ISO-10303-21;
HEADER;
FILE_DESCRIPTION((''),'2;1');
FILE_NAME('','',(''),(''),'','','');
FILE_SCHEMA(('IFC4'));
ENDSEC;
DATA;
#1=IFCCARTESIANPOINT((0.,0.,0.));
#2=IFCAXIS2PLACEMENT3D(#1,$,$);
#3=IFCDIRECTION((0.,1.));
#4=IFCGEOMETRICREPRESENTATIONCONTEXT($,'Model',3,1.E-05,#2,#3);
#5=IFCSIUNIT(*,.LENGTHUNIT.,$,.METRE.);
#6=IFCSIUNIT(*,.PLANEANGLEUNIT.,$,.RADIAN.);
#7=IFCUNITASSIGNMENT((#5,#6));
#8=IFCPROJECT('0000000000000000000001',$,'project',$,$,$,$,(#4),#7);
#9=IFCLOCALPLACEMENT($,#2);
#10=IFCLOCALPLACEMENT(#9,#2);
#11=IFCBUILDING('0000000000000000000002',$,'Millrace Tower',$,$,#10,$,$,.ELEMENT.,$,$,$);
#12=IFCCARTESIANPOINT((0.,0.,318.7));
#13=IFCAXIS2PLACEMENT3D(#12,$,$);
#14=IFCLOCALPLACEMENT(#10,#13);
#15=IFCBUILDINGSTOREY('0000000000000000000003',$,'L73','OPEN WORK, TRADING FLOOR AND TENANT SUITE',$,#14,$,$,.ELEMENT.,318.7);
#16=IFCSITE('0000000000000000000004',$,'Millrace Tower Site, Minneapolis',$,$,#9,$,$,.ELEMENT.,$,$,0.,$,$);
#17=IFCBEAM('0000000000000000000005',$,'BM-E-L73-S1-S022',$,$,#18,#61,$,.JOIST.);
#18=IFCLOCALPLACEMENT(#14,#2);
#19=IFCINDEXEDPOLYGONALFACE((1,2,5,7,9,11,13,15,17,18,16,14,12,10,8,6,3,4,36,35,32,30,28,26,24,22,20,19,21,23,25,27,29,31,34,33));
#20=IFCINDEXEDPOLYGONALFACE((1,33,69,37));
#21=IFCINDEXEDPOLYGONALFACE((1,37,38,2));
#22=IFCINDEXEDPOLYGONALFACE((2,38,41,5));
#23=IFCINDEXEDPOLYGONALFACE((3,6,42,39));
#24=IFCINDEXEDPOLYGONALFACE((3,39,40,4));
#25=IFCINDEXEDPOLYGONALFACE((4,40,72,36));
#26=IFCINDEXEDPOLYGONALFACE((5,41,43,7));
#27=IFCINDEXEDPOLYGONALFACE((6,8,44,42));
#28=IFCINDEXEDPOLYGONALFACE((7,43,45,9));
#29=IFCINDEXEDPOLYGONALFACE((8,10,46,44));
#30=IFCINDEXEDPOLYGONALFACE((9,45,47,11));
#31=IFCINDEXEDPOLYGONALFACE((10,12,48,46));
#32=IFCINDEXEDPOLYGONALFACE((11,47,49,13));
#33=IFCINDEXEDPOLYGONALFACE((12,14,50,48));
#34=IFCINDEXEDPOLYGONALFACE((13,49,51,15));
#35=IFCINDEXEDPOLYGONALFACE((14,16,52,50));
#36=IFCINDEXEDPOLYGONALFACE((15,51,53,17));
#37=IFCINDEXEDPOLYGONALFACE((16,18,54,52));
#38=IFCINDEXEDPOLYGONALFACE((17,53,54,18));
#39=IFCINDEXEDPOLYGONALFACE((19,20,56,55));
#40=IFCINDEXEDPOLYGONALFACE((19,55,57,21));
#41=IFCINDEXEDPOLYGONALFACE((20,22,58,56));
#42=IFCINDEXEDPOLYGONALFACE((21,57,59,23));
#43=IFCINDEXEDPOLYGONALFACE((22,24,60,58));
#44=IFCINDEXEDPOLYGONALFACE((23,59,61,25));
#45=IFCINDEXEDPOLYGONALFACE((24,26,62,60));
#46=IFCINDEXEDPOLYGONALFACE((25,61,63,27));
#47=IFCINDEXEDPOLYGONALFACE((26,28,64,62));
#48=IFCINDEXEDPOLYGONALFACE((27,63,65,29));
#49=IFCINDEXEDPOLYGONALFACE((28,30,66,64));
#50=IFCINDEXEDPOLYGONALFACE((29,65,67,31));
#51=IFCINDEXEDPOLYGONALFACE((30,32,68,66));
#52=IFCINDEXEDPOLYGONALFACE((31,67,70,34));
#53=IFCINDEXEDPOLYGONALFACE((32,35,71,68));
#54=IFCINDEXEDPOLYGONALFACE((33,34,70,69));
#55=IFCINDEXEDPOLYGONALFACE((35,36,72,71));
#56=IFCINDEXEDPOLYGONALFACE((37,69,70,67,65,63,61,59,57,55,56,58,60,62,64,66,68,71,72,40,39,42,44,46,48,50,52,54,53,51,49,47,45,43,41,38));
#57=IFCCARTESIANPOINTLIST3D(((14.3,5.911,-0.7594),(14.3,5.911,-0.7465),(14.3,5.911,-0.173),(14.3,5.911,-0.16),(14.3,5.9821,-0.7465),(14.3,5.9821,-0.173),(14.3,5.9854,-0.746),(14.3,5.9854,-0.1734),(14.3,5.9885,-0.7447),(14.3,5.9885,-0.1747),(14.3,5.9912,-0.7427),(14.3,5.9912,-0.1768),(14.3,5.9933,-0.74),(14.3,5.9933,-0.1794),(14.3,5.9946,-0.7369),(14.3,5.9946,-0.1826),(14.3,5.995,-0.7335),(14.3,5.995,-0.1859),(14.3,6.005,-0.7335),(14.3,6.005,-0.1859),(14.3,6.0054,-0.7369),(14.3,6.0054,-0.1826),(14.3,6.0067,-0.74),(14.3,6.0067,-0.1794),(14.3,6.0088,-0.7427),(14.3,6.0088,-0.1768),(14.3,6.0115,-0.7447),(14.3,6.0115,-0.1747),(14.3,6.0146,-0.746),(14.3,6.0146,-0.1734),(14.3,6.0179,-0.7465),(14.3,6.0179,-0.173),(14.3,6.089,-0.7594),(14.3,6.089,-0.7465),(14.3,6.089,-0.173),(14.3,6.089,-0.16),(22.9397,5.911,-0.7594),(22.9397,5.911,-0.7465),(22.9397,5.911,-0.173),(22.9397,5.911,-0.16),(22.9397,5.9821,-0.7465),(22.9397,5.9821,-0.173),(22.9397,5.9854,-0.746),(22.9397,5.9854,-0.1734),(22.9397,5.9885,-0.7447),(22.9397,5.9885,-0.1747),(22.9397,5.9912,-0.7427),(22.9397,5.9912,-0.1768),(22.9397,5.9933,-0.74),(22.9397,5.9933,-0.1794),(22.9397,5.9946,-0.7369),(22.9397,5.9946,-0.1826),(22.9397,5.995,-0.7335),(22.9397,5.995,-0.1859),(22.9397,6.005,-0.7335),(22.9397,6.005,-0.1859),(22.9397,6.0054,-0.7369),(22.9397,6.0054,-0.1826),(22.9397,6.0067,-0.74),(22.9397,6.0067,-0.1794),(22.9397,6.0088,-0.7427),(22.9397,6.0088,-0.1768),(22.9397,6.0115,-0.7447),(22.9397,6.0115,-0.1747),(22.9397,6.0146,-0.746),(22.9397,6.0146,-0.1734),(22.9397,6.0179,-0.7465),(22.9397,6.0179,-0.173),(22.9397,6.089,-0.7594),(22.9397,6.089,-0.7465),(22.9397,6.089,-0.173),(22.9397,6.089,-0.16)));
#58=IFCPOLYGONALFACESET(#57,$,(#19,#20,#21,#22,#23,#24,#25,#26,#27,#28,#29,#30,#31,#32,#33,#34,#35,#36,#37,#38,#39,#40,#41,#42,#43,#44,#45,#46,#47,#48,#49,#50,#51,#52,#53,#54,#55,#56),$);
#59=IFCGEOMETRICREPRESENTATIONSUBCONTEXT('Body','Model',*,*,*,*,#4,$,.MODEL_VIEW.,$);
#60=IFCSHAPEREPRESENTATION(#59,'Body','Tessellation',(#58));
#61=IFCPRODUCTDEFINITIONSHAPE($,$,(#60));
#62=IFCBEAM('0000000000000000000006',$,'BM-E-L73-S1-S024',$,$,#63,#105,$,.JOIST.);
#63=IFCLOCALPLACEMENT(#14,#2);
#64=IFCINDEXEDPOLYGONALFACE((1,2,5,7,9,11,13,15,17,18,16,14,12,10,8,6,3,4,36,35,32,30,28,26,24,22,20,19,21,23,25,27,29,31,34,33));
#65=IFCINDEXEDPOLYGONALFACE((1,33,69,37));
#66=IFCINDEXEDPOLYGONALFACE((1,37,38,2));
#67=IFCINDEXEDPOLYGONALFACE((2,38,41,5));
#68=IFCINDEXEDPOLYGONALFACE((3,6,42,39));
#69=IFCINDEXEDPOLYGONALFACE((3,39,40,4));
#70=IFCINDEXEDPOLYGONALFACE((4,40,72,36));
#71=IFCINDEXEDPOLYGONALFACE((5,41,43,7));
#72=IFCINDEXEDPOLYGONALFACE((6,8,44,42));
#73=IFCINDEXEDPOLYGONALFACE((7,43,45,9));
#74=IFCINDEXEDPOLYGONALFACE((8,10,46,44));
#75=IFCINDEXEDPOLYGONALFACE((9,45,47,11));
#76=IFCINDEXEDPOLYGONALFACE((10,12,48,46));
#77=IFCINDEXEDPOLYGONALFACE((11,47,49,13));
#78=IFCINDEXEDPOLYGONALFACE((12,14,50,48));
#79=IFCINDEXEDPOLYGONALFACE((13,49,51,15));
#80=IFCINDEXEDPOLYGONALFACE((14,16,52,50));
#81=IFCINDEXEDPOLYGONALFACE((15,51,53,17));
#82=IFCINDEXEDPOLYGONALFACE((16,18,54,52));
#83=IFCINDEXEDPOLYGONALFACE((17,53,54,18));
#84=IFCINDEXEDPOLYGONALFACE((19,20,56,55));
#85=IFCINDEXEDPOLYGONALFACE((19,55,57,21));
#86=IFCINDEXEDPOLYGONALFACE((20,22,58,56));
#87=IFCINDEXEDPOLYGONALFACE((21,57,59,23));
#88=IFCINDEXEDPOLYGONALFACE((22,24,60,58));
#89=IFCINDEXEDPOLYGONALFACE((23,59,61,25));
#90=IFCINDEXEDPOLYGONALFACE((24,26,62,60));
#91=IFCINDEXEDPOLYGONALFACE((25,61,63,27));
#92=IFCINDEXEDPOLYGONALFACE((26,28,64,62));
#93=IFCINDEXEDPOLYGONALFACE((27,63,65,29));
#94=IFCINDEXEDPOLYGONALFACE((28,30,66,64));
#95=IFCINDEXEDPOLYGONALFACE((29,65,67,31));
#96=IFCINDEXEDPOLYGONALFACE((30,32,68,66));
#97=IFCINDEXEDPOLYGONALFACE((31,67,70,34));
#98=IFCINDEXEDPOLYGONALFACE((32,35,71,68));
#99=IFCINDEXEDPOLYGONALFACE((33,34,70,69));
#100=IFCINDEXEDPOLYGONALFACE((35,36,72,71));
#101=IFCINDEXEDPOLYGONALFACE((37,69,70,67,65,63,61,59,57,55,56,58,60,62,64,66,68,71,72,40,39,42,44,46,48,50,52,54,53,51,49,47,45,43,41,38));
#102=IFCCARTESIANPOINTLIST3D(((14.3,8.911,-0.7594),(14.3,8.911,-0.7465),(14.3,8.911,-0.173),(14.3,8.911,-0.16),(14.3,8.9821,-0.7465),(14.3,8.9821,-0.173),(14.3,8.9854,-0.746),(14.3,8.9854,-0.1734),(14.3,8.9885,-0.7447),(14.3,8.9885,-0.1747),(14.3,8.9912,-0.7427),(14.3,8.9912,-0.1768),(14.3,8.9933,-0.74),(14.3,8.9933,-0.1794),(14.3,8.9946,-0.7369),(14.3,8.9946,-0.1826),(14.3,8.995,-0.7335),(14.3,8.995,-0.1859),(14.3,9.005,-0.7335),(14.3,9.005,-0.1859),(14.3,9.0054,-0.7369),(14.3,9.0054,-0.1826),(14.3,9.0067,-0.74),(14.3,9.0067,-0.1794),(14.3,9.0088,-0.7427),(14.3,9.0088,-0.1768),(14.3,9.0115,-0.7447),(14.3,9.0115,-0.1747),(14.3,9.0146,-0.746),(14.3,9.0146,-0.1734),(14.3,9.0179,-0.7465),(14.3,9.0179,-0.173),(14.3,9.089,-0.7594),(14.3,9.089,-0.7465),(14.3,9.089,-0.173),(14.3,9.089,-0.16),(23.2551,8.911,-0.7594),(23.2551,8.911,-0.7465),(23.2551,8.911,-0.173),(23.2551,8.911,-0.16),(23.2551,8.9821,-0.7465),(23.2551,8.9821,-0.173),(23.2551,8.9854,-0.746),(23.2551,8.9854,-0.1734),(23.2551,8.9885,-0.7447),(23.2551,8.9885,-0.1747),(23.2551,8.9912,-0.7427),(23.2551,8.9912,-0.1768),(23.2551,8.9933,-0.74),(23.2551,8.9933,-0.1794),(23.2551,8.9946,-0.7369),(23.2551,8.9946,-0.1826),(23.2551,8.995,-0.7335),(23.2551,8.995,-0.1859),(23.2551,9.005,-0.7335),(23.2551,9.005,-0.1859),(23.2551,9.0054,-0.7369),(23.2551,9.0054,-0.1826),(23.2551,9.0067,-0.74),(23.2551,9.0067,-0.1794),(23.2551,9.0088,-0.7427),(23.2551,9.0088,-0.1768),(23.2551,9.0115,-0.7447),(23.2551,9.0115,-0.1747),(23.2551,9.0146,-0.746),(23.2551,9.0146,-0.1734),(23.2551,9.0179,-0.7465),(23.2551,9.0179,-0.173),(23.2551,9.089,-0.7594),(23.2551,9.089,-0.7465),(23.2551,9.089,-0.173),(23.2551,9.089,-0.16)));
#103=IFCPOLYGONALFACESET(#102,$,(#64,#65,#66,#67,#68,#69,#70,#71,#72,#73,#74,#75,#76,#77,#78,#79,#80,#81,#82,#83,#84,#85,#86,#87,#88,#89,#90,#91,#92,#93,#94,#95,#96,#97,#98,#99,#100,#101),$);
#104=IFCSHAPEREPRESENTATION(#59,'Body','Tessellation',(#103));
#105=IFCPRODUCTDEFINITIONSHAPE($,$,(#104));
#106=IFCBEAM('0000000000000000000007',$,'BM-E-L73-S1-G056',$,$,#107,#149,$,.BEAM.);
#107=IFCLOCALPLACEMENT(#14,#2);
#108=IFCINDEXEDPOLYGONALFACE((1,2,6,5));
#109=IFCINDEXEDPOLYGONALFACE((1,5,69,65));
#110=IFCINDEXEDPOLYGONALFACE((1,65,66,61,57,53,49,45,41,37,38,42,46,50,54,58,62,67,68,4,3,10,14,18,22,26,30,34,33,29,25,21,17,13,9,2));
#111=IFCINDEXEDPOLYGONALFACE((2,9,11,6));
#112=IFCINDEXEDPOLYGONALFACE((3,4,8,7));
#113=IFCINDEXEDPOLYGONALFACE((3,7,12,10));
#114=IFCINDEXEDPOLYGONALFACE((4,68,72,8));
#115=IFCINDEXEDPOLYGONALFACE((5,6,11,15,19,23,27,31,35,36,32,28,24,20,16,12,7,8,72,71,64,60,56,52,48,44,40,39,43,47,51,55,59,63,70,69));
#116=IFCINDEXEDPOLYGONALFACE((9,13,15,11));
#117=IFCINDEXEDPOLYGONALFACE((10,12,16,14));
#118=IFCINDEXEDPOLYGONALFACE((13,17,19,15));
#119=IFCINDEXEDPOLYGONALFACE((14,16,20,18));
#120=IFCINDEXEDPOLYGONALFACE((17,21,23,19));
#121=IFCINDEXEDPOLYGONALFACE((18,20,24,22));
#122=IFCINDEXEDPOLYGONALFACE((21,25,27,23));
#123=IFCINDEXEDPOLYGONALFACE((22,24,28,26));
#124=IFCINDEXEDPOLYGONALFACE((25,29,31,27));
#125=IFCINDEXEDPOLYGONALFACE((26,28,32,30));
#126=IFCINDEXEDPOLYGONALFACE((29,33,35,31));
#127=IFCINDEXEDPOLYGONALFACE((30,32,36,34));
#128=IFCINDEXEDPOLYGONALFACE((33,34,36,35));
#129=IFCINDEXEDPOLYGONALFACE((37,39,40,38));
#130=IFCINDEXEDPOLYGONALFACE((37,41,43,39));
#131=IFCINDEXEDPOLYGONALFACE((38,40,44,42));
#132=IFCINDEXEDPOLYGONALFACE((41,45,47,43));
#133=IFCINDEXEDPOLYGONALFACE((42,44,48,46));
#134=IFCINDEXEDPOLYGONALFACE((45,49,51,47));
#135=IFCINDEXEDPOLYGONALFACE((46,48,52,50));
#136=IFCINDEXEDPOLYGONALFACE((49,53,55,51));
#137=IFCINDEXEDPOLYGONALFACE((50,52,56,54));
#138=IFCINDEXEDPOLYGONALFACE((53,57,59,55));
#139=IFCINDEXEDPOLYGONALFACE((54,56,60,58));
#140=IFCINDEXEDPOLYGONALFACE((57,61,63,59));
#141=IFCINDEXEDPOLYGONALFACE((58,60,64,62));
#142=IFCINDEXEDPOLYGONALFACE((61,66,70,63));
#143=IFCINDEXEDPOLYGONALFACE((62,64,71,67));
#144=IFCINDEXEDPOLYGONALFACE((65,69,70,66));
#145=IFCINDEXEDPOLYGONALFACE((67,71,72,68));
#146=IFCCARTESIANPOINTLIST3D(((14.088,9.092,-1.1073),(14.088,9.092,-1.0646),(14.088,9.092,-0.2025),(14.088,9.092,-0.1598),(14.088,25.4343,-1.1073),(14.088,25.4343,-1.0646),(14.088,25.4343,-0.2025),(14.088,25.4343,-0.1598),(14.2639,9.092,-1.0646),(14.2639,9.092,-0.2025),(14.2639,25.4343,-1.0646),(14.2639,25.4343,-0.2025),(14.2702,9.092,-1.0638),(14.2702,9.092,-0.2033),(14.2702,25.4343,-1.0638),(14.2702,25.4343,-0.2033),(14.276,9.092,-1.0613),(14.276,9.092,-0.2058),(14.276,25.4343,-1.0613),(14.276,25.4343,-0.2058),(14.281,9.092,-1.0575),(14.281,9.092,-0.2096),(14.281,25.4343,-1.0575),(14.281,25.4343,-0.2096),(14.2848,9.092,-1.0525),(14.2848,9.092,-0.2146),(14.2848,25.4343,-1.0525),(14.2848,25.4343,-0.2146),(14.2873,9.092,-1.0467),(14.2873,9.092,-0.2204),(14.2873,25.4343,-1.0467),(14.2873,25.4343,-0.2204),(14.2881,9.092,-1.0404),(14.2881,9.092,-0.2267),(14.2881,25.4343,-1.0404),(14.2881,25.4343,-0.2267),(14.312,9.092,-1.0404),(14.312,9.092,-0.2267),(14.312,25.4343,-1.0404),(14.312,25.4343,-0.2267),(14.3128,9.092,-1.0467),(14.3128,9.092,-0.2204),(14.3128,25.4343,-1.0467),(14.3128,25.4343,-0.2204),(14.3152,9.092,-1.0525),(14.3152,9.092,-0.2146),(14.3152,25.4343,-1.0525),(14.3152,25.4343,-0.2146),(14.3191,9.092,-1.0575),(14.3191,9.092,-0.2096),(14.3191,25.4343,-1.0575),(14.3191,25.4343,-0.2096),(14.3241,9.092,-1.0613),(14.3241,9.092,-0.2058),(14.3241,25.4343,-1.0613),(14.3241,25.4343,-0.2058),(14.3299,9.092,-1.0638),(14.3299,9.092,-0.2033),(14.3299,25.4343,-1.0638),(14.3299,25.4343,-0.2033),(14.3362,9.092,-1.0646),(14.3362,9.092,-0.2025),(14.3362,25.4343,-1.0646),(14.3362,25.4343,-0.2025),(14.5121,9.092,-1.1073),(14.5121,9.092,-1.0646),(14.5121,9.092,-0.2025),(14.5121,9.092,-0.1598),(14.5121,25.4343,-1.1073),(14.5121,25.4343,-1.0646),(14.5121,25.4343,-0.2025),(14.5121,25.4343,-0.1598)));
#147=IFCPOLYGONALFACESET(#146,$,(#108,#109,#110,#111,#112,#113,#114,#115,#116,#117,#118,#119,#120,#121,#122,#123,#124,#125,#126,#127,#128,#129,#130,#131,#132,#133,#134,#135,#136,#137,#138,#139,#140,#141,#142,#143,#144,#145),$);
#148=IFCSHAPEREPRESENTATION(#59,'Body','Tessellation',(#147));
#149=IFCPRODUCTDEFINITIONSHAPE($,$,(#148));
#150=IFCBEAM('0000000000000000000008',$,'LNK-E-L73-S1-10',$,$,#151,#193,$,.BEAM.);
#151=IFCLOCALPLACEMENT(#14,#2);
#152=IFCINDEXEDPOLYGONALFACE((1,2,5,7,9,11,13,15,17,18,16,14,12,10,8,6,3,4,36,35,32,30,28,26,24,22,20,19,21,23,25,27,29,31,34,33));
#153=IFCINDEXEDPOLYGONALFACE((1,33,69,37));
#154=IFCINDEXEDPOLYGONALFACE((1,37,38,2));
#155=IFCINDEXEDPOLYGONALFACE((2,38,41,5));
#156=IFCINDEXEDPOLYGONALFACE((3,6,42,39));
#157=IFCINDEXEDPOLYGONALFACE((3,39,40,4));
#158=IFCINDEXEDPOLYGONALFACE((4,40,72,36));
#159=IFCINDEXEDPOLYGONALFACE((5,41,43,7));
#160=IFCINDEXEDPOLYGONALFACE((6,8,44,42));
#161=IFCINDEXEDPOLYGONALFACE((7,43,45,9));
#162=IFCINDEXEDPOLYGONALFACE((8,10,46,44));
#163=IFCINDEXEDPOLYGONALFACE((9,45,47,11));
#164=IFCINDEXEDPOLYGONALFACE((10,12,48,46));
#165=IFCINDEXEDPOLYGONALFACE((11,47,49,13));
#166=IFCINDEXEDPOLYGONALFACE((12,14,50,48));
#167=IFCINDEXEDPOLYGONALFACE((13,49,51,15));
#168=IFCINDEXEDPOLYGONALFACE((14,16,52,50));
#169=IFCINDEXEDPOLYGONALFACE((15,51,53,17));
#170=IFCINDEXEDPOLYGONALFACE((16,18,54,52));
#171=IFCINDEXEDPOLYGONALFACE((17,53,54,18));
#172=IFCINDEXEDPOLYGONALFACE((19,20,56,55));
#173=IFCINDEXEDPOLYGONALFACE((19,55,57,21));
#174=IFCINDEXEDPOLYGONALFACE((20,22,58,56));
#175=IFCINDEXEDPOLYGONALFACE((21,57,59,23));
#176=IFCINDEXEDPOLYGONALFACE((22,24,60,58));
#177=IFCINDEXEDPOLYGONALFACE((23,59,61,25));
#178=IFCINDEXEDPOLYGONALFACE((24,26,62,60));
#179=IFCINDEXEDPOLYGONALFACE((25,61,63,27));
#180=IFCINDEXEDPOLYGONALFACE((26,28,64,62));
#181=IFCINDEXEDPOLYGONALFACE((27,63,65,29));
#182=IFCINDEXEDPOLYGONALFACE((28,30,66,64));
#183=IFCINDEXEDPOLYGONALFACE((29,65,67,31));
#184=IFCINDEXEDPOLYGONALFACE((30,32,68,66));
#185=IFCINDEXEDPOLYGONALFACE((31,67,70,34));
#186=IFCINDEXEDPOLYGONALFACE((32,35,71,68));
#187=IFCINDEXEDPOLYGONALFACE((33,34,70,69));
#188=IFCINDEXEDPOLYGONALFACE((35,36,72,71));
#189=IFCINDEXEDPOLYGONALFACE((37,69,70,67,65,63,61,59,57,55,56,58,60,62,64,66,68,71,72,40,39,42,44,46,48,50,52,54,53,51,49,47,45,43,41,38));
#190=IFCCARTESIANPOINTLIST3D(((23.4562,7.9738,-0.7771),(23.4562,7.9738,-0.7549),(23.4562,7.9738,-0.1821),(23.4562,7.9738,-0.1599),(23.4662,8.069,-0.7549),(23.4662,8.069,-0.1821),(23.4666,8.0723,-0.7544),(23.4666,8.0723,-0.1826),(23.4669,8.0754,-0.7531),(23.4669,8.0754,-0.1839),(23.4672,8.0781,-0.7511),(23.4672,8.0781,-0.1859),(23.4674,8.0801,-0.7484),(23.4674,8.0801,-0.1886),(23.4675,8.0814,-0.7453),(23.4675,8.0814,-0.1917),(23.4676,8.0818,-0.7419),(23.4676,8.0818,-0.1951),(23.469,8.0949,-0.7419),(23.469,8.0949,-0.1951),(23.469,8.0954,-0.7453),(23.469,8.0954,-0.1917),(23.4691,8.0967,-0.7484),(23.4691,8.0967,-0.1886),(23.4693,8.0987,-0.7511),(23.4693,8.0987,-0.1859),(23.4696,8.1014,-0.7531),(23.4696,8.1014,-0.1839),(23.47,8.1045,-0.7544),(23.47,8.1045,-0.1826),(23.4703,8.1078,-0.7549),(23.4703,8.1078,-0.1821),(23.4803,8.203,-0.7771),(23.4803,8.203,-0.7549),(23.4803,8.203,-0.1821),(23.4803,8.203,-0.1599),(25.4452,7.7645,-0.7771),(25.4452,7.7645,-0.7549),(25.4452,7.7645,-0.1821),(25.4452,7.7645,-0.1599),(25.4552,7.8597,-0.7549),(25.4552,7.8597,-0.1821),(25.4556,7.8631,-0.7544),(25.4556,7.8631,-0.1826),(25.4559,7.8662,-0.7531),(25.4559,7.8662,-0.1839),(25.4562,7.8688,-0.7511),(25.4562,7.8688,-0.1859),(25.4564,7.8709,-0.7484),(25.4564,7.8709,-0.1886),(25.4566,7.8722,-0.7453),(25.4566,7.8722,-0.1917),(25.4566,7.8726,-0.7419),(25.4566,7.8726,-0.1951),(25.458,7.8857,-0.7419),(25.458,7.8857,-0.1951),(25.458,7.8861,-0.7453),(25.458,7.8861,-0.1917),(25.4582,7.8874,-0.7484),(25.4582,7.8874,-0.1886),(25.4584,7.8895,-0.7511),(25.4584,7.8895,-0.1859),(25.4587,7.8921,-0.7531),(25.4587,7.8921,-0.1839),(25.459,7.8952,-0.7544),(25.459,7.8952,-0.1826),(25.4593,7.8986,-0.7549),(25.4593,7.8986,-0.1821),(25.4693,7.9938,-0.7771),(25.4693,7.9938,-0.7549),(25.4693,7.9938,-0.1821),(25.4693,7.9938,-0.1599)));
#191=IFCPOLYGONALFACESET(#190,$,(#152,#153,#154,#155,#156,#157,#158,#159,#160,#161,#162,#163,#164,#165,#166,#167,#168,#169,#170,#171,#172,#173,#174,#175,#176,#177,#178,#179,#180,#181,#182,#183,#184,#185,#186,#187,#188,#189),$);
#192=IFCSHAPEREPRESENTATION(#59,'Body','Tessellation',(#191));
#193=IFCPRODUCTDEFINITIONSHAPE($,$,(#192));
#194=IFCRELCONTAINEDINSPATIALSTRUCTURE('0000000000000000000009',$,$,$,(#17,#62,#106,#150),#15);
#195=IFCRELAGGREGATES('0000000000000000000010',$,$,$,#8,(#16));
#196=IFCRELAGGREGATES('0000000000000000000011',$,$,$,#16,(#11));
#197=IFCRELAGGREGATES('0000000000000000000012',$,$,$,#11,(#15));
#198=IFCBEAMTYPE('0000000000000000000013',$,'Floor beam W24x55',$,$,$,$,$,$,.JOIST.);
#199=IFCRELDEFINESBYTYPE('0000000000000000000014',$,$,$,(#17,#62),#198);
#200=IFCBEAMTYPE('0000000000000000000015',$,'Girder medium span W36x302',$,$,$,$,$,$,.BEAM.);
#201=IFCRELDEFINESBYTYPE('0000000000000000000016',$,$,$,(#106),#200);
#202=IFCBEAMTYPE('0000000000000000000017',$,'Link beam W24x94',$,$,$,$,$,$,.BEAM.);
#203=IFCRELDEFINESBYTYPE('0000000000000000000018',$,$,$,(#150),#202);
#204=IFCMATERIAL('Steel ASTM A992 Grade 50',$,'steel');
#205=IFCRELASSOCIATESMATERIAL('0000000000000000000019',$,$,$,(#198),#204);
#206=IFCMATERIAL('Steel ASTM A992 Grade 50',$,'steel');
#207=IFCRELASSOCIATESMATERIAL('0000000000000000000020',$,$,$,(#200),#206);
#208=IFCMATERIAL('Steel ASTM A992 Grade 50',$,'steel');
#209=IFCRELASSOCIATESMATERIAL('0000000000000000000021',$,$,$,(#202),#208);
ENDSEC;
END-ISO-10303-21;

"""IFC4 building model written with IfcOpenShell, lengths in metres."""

from ifc_helpers import new_model, si_unit, direction, frame, origin, origin_2d, place, context, subcontext, project, spatial, i_section, extrude, material, material_profile, profile_set, type_object, element, save


model = new_model("IFC4")

# Units and contexts
model_context = context("Model", 3, precision=1e-05, world=origin(), true_north=direction((0.0, 1.0)))
body_context = subcontext(model_context, "Body", "Model", "MODEL_VIEW")
ifc_project = project(units=[si_unit("LENGTHUNIT", "METRE"), si_unit("PLANEANGLEUNIT", "RADIAN")], contexts=[model_context])

# Site, building, storey
site_placement = place(None, origin())
site = spatial("IfcSite", under=ifc_project, at=site_placement, Name="Millrace Tower Site, Minneapolis", CompositionType="ELEMENT", RefElevation=0.0)
building_placement = place(site_placement, origin())
building = spatial("IfcBuilding", under=site, at=building_placement, Name="Millrace Tower", CompositionType="ELEMENT")
storey_placement = place(building_placement, frame((0.0, 0.0, 318.7)))
storey = spatial("IfcBuildingStorey", under=building, at=storey_placement, Name="L73", Description="OPEN WORK, TRADING FLOOR AND TENANT SUITE", CompositionType="ELEMENT", Elevation=318.7)

# Beams
ifc_material_1 = material(Name="Steel ASTM A992 Grade 50", Category="steel")
ifc_material_profile_1 = material_profile(ifc_material_1, i_section(OverallWidth=0.178, OverallDepth=0.5994, WebThickness=0.01, FlangeThickness=0.0129, FilletRadius=0.0129, at=origin_2d()))
ifc_profile_set_1 = profile_set([ifc_material_profile_1], Name="Steel ASTM A992 Grade 50")
beam_type_1 = type_object("IfcBeamType", Name="Floor beam W24x55", PredefinedType="JOIST", material=ifc_profile_set_1)
beam_1_placement = place(storey_placement, frame((14.3, 6.0, -0.4597), z_axis=(1.0, 0.0, 0.0), x_axis=(0.0, 1.0, 0.0)))
element("IfcBeam", 1, at=beam_1_placement, inside=storey, type_object=beam_type_1, Name="BM-E-L73-S1-S022", PredefinedType="JOIST", context=body_context, shape_type="SweptSolid", body=[
    extrude(i_section(OverallWidth=0.178, OverallDepth=0.5994, WebThickness=0.01, FlangeThickness=0.0129, FilletRadius=0.0129, at=origin_2d()), origin(), (0.0, 0.0, 1.0), 8.6396),
])
beam_2_placement = place(storey_placement, frame((14.3, 9.0, -0.4597), z_axis=(1.0, 0.0, 0.0), x_axis=(0.0, 1.0, 0.0)))
element("IfcBeam", 2, at=beam_2_placement, inside=storey, type_object=beam_type_1, Name="BM-E-L73-S1-S024", PredefinedType="JOIST", context=body_context, shape_type="SweptSolid", body=[
    extrude(i_section(OverallWidth=0.178, OverallDepth=0.5994, WebThickness=0.01, FlangeThickness=0.0129, FilletRadius=0.0129, at=origin_2d()), origin(), (0.0, 0.0, 1.0), 8.9551),
])
ifc_material_2 = material(Name="Steel ASTM A992 Grade 50", Category="steel")
ifc_material_profile_2 = material_profile(ifc_material_2, i_section(OverallWidth=0.4241, OverallDepth=0.9475, WebThickness=0.0239, FlangeThickness=0.0427, FilletRadius=0.0242, at=origin_2d()))
ifc_profile_set_2 = profile_set([ifc_material_profile_2], Name="Steel ASTM A992 Grade 50")
beam_type_2 = type_object("IfcBeamType", Name="Girder medium span W36x302", PredefinedType="BEAM", material=ifc_profile_set_2)
beam_3_placement = place(storey_placement, frame((14.3, 9.092, -0.6335), z_axis=(0.0, 1.0, 0.0), x_axis=(-1.0, 0.0, 0.0)))
element("IfcBeam", 3, at=beam_3_placement, inside=storey, type_object=beam_type_2, Name="BM-E-L73-S1-G056", PredefinedType="BEAM", context=body_context, shape_type="SweptSolid", body=[
    extrude(i_section(OverallWidth=0.4241, OverallDepth=0.9475, WebThickness=0.0239, FlangeThickness=0.0427, FilletRadius=0.0242, at=origin_2d()), origin(), (0.0, 0.0, 1.0), 16.3423),
])
ifc_material_3 = material(Name="Steel ASTM A992 Grade 50", Category="steel")
ifc_material_profile_3 = material_profile(ifc_material_3, i_section(OverallWidth=0.2305, OverallDepth=0.6172, WebThickness=0.0132, FlangeThickness=0.0222, FilletRadius=0.0129, at=origin_2d()))
ifc_profile_set_3 = profile_set([ifc_material_profile_3], Name="Steel ASTM A992 Grade 50")
beam_type_3 = type_object("IfcBeamType", Name="Link beam W24x94", PredefinedType="BEAM", material=ifc_profile_set_3)
beam_4_placement = place(storey_placement, frame((23.4683, 8.0884, -0.4685), z_axis=(0.994513, -0.104615, 0.0), x_axis=(0.104615, 0.994513, 0.0)))
element("IfcBeam", 4, at=beam_4_placement, inside=storey, type_object=beam_type_3, Name="LNK-E-L73-S1-10", PredefinedType="BEAM", context=body_context, shape_type="SweptSolid", body=[
    extrude(i_section(OverallWidth=0.2305, OverallDepth=0.6172, WebThickness=0.0132, FlangeThickness=0.0222, FilletRadius=0.0129, at=origin_2d()), origin(), (0.0, 0.0, 1.0), 2.0),
])

save(model, "model.ifc")
